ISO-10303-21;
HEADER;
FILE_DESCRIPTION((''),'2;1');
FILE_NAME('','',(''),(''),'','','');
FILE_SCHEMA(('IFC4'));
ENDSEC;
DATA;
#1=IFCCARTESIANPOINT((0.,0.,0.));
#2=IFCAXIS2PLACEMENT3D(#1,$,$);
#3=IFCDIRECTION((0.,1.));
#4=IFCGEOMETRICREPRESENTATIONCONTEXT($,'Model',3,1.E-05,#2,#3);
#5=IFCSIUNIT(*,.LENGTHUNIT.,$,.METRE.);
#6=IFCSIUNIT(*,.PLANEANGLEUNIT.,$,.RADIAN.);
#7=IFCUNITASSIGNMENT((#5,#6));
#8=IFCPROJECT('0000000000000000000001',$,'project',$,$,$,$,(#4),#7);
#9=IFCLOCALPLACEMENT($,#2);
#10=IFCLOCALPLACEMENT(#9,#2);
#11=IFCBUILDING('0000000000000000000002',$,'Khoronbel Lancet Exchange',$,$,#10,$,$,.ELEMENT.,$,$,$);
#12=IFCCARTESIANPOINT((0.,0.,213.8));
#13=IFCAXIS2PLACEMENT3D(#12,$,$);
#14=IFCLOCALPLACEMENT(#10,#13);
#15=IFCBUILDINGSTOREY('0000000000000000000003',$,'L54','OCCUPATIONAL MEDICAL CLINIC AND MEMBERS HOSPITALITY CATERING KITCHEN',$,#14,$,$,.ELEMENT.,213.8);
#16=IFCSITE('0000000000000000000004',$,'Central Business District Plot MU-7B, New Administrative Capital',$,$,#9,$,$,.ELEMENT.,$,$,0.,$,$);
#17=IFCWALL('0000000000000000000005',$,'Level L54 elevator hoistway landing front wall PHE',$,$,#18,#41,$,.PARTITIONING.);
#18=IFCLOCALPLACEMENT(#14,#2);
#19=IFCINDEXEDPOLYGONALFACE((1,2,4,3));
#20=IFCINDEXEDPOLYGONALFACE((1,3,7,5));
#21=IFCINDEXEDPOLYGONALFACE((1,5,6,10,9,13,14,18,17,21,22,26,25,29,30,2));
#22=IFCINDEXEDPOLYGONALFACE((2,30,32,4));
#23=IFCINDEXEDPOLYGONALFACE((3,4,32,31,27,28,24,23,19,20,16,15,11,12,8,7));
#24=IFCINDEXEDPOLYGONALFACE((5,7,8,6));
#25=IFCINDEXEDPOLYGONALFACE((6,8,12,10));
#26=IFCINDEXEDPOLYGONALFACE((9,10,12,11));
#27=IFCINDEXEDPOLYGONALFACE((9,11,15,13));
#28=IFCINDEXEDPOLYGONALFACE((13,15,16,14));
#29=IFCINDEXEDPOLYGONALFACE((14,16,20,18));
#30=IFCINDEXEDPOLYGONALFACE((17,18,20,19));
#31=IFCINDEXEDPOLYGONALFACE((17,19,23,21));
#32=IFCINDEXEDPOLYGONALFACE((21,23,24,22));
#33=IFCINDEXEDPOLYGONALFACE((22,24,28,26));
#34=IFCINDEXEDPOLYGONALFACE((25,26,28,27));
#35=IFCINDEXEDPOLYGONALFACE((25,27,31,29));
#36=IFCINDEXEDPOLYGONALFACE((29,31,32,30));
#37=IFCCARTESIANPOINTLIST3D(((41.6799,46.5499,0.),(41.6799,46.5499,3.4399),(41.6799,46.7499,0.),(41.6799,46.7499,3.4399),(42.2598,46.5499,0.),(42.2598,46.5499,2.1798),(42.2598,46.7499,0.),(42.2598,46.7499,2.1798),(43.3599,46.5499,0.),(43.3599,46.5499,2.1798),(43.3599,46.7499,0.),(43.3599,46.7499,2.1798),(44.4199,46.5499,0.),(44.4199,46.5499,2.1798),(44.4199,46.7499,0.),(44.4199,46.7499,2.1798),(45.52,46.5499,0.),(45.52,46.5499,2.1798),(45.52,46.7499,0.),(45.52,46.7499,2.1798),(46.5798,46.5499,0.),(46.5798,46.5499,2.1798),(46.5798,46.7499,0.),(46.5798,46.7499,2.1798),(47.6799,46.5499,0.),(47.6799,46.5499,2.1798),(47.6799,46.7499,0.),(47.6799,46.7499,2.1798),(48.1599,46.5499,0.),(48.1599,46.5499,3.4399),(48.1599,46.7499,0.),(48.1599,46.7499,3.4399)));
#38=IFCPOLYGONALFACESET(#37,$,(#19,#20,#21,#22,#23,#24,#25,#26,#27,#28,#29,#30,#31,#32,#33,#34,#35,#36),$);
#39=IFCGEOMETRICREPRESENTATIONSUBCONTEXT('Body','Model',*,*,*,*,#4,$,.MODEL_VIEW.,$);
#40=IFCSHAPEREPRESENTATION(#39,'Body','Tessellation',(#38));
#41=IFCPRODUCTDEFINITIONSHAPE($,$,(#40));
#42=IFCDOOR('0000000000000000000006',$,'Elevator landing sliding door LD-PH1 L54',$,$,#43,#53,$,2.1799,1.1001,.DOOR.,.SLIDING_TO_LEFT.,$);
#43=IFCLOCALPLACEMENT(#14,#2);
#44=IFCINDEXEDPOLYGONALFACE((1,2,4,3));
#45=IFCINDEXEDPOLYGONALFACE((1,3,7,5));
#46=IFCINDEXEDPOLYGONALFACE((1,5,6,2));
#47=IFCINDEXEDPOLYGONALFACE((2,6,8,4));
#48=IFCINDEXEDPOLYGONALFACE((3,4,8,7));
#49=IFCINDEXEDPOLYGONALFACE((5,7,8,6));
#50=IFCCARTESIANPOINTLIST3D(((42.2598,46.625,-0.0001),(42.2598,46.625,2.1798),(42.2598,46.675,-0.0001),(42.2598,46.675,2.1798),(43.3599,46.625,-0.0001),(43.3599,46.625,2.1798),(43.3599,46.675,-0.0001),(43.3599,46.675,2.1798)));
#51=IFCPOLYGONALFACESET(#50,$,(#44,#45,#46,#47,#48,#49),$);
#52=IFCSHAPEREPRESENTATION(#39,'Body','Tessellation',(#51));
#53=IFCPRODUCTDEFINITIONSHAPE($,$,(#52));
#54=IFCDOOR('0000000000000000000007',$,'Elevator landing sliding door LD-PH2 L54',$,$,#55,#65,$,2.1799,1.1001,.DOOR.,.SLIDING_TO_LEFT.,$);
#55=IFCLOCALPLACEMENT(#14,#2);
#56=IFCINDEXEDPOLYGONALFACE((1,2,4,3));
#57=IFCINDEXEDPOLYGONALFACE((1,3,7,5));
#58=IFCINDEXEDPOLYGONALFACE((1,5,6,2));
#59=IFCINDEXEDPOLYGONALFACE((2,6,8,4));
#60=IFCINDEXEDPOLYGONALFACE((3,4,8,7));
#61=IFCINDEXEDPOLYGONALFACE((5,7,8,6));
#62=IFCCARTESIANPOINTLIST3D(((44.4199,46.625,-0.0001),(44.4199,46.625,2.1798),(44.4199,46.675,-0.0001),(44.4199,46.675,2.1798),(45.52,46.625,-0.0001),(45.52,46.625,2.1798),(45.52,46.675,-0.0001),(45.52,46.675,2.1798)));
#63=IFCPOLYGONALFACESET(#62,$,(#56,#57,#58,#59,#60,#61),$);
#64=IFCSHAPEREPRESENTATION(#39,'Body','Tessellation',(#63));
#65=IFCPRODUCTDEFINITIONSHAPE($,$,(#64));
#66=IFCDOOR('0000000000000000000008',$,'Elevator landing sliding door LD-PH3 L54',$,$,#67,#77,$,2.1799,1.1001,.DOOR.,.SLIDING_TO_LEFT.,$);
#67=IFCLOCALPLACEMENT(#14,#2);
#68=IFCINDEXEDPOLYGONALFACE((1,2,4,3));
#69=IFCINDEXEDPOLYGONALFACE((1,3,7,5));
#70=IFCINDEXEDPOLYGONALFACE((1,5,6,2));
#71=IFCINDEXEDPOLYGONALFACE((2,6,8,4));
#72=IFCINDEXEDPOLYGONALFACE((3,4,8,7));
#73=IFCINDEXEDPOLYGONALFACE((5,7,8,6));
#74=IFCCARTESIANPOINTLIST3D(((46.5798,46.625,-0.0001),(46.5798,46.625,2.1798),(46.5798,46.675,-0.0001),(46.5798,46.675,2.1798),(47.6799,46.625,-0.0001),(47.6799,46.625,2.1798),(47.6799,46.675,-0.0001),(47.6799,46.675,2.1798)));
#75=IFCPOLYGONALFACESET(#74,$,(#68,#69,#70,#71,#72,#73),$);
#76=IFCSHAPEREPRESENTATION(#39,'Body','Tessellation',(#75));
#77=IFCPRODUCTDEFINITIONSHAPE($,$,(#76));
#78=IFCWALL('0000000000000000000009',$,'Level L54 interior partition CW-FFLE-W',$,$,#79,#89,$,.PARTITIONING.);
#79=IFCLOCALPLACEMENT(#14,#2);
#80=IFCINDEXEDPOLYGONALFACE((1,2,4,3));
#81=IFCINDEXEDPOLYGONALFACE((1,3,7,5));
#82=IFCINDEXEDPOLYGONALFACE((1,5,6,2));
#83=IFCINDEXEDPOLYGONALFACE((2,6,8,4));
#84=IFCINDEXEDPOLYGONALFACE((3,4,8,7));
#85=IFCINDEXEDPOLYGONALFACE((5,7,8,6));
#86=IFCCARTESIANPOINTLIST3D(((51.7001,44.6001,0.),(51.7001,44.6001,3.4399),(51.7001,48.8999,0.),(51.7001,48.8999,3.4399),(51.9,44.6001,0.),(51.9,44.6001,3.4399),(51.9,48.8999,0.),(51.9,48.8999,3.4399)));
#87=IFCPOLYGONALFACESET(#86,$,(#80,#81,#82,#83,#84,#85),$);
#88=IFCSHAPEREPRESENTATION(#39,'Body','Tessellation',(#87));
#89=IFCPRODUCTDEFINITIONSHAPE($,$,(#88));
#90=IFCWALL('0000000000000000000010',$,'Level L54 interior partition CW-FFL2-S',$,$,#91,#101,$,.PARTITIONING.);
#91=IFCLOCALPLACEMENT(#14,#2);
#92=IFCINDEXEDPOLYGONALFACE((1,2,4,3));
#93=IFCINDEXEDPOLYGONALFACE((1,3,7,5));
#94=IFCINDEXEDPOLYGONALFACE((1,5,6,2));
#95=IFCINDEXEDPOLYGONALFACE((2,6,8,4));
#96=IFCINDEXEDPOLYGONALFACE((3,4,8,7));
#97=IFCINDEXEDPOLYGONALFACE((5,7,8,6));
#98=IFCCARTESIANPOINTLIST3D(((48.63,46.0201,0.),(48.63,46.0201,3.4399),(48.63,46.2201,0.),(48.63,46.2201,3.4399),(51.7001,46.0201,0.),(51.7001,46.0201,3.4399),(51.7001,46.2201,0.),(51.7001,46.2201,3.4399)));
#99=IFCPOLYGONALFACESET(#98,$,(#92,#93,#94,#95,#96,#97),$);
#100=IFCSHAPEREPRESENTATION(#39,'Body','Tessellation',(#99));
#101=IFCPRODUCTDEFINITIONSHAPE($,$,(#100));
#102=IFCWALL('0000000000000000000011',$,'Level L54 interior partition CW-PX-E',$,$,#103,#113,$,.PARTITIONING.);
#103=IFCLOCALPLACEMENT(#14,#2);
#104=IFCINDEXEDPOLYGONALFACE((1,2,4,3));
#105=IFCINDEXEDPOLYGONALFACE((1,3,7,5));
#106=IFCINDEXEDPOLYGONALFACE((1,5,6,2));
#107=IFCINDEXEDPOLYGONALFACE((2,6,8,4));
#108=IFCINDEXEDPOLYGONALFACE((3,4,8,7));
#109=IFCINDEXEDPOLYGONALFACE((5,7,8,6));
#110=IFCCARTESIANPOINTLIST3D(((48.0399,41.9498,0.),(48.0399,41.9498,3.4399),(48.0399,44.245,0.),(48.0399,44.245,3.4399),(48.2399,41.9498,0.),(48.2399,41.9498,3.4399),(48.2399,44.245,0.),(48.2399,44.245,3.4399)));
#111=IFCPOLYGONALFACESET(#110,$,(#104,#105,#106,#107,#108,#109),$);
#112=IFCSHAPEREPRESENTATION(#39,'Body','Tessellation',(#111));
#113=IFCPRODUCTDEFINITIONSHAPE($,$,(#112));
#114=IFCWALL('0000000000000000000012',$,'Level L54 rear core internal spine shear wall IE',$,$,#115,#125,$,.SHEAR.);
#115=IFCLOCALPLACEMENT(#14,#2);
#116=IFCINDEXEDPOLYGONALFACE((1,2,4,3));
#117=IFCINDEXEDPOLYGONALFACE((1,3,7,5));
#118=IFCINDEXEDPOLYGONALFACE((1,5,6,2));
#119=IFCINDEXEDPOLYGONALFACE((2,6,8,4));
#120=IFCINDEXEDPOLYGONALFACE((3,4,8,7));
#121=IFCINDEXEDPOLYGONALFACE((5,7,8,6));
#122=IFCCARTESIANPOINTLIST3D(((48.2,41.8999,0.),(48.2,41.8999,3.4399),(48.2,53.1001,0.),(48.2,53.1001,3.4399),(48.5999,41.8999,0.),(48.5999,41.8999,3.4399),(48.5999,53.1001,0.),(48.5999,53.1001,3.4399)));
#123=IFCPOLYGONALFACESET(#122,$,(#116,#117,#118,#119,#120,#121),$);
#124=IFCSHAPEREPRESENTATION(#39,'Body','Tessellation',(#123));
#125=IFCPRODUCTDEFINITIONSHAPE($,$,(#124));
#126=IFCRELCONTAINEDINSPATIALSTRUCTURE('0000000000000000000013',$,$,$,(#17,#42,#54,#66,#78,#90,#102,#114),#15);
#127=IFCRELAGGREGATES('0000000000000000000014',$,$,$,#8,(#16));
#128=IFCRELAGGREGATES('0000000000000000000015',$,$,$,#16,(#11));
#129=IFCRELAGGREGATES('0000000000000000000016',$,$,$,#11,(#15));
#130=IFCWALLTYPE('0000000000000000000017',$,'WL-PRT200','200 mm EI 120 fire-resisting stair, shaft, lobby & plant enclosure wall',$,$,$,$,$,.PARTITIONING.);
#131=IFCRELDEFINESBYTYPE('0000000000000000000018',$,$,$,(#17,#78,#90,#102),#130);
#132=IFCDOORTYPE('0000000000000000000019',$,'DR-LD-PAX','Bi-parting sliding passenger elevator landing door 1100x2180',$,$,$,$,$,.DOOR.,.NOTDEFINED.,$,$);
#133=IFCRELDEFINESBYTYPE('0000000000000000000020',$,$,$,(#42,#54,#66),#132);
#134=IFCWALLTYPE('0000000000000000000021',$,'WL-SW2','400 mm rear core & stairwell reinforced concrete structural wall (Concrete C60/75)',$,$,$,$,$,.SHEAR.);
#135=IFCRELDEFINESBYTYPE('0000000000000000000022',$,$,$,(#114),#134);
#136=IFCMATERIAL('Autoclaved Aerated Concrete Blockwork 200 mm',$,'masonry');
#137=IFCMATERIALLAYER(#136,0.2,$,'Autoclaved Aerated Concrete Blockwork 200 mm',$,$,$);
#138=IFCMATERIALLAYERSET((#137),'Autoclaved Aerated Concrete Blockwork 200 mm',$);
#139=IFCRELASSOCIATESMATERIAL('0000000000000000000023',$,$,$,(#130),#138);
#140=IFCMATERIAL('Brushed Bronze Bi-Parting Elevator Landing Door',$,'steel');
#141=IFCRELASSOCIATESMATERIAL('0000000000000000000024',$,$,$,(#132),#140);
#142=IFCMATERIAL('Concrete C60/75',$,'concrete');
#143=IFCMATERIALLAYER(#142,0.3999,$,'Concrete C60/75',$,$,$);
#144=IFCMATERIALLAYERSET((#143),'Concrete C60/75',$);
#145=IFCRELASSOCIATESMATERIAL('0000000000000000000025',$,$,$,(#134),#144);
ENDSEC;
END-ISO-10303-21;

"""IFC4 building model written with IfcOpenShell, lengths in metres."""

from ifc_helpers import new_model, si_unit, direction, frame, frame_2d, origin, place, context, subcontext, project, spatial, rectangle, extrude, material, layer, layer_set, type_object, element, fill, save


model = new_model("IFC4")

# Units and contexts
model_context = context("Model", 3, precision=1e-05, world=origin(), true_north=direction((0.0, 1.0)))
body_context = subcontext(model_context, "Body", "Model", "MODEL_VIEW")
ifc_project = project(units=[si_unit("LENGTHUNIT", "METRE"), si_unit("PLANEANGLEUNIT", "RADIAN")], contexts=[model_context])

# Site, building, storey
site_placement = place(None, origin())
site = spatial("IfcSite", under=ifc_project, at=site_placement, Name="Central Business District Plot MU-7B, New Administrative Capital", CompositionType="ELEMENT", RefElevation=0.0)
building_placement = place(site_placement, origin())
building = spatial("IfcBuilding", under=site, at=building_placement, Name="Khoronbel Lancet Exchange", CompositionType="ELEMENT")
storey_placement = place(building_placement, frame((0.0, 0.0, 213.8)))
storey = spatial("IfcBuildingStorey", under=building, at=storey_placement, Name="L54", Description="OCCUPATIONAL MEDICAL CLINIC AND MEMBERS HOSPITALITY CATERING KITCHEN", CompositionType="ELEMENT", Elevation=213.8)

# Shared definitions
ifc_material_1 = material(Name="Autoclaved Aerated Concrete Blockwork 200 mm", Category="masonry")
ifc_layer_1 = layer(ifc_material_1, 0.2, Name="Autoclaved Aerated Concrete Blockwork 200 mm")
ifc_layer_set_1 = layer_set([ifc_layer_1], Name="Autoclaved Aerated Concrete Blockwork 200 mm")
wall_type_1 = type_object("IfcWallType", Name="WL-PRT200", Description="200 mm EI 120 fire-resisting stair, shaft, lobby & plant enclosure wall", PredefinedType="PARTITIONING", material=ifc_layer_set_1)

# Wall, openings, doors
wall_1_placement = place(storey_placement, frame((48.1599, 46.6499, 0.0), z_axis=(0.0, 0.0, 1.0), x_axis=(-1.0, 0.0, 0.0)))
wall_1 = element("IfcWall", 1, at=wall_1_placement, inside=storey, type_object=wall_type_1, Name="Level L54 elevator hoistway landing front wall PHE", PredefinedType="PARTITIONING", context=body_context, shape_type="SweptSolid", body=[
    extrude(rectangle(XDim=6.48, YDim=0.2, at=frame_2d((3.24, 0.0))), origin(), (0.0, 0.0, 1.0), 3.4399),
])
opening_1_placement = place(wall_1_placement, frame((4.8, 0.0, 0.0)))
opening_1 = element("IfcOpeningElement", 2, at=opening_1_placement, cuts=wall_1, PredefinedType="OPENING", context=body_context, shape_type="SweptSolid", body=[
    extrude(rectangle(XDim=1.1001, YDim=2.1799, at=frame_2d((0.55, 1.0898))), frame((0.0, 0.1099, 0.0), z_axis=(0.0, -1.0, 0.0), x_axis=(1.0, 0.0, 0.0)), (0.0, 0.0, 1.0), 0.22),
])
opening_2_placement = place(wall_1_placement, frame((2.6399, 0.0, 0.0)))
opening_2 = element("IfcOpeningElement", 3, at=opening_2_placement, cuts=wall_1, PredefinedType="OPENING", context=body_context, shape_type="SweptSolid", body=[
    extrude(rectangle(XDim=1.1001, YDim=2.1799, at=frame_2d((0.55, 1.0898))), frame((0.0, 0.1099, 0.0), z_axis=(0.0, -1.0, 0.0), x_axis=(1.0, 0.0, 0.0)), (0.0, 0.0, 1.0), 0.22),
])
opening_3_placement = place(wall_1_placement, frame((0.48, 0.0, 0.0)))
opening_3 = element("IfcOpeningElement", 4, at=opening_3_placement, cuts=wall_1, PredefinedType="OPENING", context=body_context, shape_type="SweptSolid", body=[
    extrude(rectangle(XDim=1.1001, YDim=2.1799, at=frame_2d((0.55, 1.0898))), frame((0.0, 0.1099, 0.0), z_axis=(0.0, -1.0, 0.0), x_axis=(1.0, 0.0, 0.0)), (0.0, 0.0, 1.0), 0.22),
])
ifc_material_2 = material(Name="Brushed Bronze Bi-Parting Elevator Landing Door", Category="steel")
door_type_1 = type_object("IfcDoorType", Name="DR-LD-PAX", Description="Bi-parting sliding passenger elevator landing door 1100x2180", OperationType="NOTDEFINED", PredefinedType="DOOR", material=ifc_material_2)
door_1_placement = place(opening_1_placement, origin())
door_1 = element("IfcDoor", 5, at=door_1_placement, inside=storey, type_object=door_type_1, Name="Elevator landing sliding door LD-PH1 L54", OperationType="SLIDING_TO_LEFT", OverallHeight=2.1799, OverallWidth=1.1001, PredefinedType="DOOR", context=body_context, shape_type="SweptSolid", body=[
    extrude(rectangle(XDim=1.1001, YDim=2.1799, at=frame_2d((0.55, 1.0898))), frame((0.0, 0.0249, 0.0), z_axis=(0.0, -1.0, 0.0), x_axis=(1.0, 0.0, 0.0)), (0.0, 0.0, 1.0), 0.05),
])
fill(opening_1, door_1)
door_2_placement = place(opening_2_placement, origin())
door_2 = element("IfcDoor", 6, at=door_2_placement, inside=storey, type_object=door_type_1, Name="Elevator landing sliding door LD-PH2 L54", OperationType="SLIDING_TO_LEFT", OverallHeight=2.1799, OverallWidth=1.1001, PredefinedType="DOOR", context=body_context, shape_type="SweptSolid", body=[
    extrude(rectangle(XDim=1.1001, YDim=2.1799, at=frame_2d((0.55, 1.0898))), frame((0.0, 0.0249, 0.0), z_axis=(0.0, -1.0, 0.0), x_axis=(1.0, 0.0, 0.0)), (0.0, 0.0, 1.0), 0.05),
])
fill(opening_2, door_2)
door_3_placement = place(opening_3_placement, origin())
door_3 = element("IfcDoor", 7, at=door_3_placement, inside=storey, type_object=door_type_1, Name="Elevator landing sliding door LD-PH3 L54", OperationType="SLIDING_TO_LEFT", OverallHeight=2.1799, OverallWidth=1.1001, PredefinedType="DOOR", context=body_context, shape_type="SweptSolid", body=[
    extrude(rectangle(XDim=1.1001, YDim=2.1799, at=frame_2d((0.55, 1.0898))), frame((0.0, 0.0249, 0.0), z_axis=(0.0, -1.0, 0.0), x_axis=(1.0, 0.0, 0.0)), (0.0, 0.0, 1.0), 0.05),
])
fill(opening_3, door_3)

# Wall
wall_2_placement = place(storey_placement, frame((51.8, 44.6001, 0.0), z_axis=(0.0, 0.0, 1.0), x_axis=(0.0, 1.0, 0.0)))
element("IfcWall", 8, at=wall_2_placement, inside=storey, type_object=wall_type_1, Name="Level L54 interior partition CW-FFLE-W", PredefinedType="PARTITIONING", context=body_context, shape_type="SweptSolid", body=[
    extrude(rectangle(XDim=4.2998, YDim=0.2, at=frame_2d((2.1499, 0.0))), origin(), (0.0, 0.0, 1.0), 3.4399),
])

# Wall
wall_3_placement = place(storey_placement, frame((48.6299, 46.1201, 0.0), z_axis=(0.0, 0.0, 1.0), x_axis=(1.0, 0.0, 0.0)))
element("IfcWall", 9, at=wall_3_placement, inside=storey, type_object=wall_type_1, Name="Level L54 interior partition CW-FFL2-S", PredefinedType="PARTITIONING", context=body_context, shape_type="SweptSolid", body=[
    extrude(rectangle(XDim=3.0701, YDim=0.2, at=frame_2d((1.5352, 0.0))), origin(), (0.0, 0.0, 1.0), 3.4399),
])

# Walls
wall_4_placement = place(storey_placement, frame((48.1399, 41.95, 0.0), z_axis=(0.0, 0.0, 1.0), x_axis=(0.0, 1.0, 0.0)))
element("IfcWall", 10, at=wall_4_placement, inside=storey, type_object=wall_type_1, Name="Level L54 interior partition CW-PX-E", PredefinedType="PARTITIONING", context=body_context, shape_type="SweptSolid", body=[
    extrude(rectangle(XDim=2.2952, YDim=0.2, at=frame_2d((1.1475, 0.0))), origin(), (0.0, 0.0, 1.0), 3.4399),
])
ifc_material_3 = material(Name="Concrete C60/75", Category="concrete")
ifc_layer_2 = layer(ifc_material_3, 0.3999, Name="Concrete C60/75")
ifc_layer_set_2 = layer_set([ifc_layer_2], Name="Concrete C60/75")
wall_type_2 = type_object("IfcWallType", Name="WL-SW2", Description="400 mm rear core & stairwell reinforced concrete structural wall (Concrete C60/75)", PredefinedType="SHEAR", material=ifc_layer_set_2)
wall_5_placement = place(storey_placement, frame((48.3999, 41.8999, 0.0), z_axis=(0.0, 0.0, 1.0), x_axis=(0.0, 1.0, 0.0)))
element("IfcWall", 11, at=wall_5_placement, inside=storey, type_object=wall_type_2, Name="Level L54 rear core internal spine shear wall IE", PredefinedType="SHEAR", context=body_context, shape_type="SweptSolid", body=[
    extrude(rectangle(XDim=11.2002, YDim=0.3999, at=frame_2d((5.6001, 0.0))), origin(), (0.0, 0.0, 1.0), 3.4399),
])

save(model, "model.ifc")
